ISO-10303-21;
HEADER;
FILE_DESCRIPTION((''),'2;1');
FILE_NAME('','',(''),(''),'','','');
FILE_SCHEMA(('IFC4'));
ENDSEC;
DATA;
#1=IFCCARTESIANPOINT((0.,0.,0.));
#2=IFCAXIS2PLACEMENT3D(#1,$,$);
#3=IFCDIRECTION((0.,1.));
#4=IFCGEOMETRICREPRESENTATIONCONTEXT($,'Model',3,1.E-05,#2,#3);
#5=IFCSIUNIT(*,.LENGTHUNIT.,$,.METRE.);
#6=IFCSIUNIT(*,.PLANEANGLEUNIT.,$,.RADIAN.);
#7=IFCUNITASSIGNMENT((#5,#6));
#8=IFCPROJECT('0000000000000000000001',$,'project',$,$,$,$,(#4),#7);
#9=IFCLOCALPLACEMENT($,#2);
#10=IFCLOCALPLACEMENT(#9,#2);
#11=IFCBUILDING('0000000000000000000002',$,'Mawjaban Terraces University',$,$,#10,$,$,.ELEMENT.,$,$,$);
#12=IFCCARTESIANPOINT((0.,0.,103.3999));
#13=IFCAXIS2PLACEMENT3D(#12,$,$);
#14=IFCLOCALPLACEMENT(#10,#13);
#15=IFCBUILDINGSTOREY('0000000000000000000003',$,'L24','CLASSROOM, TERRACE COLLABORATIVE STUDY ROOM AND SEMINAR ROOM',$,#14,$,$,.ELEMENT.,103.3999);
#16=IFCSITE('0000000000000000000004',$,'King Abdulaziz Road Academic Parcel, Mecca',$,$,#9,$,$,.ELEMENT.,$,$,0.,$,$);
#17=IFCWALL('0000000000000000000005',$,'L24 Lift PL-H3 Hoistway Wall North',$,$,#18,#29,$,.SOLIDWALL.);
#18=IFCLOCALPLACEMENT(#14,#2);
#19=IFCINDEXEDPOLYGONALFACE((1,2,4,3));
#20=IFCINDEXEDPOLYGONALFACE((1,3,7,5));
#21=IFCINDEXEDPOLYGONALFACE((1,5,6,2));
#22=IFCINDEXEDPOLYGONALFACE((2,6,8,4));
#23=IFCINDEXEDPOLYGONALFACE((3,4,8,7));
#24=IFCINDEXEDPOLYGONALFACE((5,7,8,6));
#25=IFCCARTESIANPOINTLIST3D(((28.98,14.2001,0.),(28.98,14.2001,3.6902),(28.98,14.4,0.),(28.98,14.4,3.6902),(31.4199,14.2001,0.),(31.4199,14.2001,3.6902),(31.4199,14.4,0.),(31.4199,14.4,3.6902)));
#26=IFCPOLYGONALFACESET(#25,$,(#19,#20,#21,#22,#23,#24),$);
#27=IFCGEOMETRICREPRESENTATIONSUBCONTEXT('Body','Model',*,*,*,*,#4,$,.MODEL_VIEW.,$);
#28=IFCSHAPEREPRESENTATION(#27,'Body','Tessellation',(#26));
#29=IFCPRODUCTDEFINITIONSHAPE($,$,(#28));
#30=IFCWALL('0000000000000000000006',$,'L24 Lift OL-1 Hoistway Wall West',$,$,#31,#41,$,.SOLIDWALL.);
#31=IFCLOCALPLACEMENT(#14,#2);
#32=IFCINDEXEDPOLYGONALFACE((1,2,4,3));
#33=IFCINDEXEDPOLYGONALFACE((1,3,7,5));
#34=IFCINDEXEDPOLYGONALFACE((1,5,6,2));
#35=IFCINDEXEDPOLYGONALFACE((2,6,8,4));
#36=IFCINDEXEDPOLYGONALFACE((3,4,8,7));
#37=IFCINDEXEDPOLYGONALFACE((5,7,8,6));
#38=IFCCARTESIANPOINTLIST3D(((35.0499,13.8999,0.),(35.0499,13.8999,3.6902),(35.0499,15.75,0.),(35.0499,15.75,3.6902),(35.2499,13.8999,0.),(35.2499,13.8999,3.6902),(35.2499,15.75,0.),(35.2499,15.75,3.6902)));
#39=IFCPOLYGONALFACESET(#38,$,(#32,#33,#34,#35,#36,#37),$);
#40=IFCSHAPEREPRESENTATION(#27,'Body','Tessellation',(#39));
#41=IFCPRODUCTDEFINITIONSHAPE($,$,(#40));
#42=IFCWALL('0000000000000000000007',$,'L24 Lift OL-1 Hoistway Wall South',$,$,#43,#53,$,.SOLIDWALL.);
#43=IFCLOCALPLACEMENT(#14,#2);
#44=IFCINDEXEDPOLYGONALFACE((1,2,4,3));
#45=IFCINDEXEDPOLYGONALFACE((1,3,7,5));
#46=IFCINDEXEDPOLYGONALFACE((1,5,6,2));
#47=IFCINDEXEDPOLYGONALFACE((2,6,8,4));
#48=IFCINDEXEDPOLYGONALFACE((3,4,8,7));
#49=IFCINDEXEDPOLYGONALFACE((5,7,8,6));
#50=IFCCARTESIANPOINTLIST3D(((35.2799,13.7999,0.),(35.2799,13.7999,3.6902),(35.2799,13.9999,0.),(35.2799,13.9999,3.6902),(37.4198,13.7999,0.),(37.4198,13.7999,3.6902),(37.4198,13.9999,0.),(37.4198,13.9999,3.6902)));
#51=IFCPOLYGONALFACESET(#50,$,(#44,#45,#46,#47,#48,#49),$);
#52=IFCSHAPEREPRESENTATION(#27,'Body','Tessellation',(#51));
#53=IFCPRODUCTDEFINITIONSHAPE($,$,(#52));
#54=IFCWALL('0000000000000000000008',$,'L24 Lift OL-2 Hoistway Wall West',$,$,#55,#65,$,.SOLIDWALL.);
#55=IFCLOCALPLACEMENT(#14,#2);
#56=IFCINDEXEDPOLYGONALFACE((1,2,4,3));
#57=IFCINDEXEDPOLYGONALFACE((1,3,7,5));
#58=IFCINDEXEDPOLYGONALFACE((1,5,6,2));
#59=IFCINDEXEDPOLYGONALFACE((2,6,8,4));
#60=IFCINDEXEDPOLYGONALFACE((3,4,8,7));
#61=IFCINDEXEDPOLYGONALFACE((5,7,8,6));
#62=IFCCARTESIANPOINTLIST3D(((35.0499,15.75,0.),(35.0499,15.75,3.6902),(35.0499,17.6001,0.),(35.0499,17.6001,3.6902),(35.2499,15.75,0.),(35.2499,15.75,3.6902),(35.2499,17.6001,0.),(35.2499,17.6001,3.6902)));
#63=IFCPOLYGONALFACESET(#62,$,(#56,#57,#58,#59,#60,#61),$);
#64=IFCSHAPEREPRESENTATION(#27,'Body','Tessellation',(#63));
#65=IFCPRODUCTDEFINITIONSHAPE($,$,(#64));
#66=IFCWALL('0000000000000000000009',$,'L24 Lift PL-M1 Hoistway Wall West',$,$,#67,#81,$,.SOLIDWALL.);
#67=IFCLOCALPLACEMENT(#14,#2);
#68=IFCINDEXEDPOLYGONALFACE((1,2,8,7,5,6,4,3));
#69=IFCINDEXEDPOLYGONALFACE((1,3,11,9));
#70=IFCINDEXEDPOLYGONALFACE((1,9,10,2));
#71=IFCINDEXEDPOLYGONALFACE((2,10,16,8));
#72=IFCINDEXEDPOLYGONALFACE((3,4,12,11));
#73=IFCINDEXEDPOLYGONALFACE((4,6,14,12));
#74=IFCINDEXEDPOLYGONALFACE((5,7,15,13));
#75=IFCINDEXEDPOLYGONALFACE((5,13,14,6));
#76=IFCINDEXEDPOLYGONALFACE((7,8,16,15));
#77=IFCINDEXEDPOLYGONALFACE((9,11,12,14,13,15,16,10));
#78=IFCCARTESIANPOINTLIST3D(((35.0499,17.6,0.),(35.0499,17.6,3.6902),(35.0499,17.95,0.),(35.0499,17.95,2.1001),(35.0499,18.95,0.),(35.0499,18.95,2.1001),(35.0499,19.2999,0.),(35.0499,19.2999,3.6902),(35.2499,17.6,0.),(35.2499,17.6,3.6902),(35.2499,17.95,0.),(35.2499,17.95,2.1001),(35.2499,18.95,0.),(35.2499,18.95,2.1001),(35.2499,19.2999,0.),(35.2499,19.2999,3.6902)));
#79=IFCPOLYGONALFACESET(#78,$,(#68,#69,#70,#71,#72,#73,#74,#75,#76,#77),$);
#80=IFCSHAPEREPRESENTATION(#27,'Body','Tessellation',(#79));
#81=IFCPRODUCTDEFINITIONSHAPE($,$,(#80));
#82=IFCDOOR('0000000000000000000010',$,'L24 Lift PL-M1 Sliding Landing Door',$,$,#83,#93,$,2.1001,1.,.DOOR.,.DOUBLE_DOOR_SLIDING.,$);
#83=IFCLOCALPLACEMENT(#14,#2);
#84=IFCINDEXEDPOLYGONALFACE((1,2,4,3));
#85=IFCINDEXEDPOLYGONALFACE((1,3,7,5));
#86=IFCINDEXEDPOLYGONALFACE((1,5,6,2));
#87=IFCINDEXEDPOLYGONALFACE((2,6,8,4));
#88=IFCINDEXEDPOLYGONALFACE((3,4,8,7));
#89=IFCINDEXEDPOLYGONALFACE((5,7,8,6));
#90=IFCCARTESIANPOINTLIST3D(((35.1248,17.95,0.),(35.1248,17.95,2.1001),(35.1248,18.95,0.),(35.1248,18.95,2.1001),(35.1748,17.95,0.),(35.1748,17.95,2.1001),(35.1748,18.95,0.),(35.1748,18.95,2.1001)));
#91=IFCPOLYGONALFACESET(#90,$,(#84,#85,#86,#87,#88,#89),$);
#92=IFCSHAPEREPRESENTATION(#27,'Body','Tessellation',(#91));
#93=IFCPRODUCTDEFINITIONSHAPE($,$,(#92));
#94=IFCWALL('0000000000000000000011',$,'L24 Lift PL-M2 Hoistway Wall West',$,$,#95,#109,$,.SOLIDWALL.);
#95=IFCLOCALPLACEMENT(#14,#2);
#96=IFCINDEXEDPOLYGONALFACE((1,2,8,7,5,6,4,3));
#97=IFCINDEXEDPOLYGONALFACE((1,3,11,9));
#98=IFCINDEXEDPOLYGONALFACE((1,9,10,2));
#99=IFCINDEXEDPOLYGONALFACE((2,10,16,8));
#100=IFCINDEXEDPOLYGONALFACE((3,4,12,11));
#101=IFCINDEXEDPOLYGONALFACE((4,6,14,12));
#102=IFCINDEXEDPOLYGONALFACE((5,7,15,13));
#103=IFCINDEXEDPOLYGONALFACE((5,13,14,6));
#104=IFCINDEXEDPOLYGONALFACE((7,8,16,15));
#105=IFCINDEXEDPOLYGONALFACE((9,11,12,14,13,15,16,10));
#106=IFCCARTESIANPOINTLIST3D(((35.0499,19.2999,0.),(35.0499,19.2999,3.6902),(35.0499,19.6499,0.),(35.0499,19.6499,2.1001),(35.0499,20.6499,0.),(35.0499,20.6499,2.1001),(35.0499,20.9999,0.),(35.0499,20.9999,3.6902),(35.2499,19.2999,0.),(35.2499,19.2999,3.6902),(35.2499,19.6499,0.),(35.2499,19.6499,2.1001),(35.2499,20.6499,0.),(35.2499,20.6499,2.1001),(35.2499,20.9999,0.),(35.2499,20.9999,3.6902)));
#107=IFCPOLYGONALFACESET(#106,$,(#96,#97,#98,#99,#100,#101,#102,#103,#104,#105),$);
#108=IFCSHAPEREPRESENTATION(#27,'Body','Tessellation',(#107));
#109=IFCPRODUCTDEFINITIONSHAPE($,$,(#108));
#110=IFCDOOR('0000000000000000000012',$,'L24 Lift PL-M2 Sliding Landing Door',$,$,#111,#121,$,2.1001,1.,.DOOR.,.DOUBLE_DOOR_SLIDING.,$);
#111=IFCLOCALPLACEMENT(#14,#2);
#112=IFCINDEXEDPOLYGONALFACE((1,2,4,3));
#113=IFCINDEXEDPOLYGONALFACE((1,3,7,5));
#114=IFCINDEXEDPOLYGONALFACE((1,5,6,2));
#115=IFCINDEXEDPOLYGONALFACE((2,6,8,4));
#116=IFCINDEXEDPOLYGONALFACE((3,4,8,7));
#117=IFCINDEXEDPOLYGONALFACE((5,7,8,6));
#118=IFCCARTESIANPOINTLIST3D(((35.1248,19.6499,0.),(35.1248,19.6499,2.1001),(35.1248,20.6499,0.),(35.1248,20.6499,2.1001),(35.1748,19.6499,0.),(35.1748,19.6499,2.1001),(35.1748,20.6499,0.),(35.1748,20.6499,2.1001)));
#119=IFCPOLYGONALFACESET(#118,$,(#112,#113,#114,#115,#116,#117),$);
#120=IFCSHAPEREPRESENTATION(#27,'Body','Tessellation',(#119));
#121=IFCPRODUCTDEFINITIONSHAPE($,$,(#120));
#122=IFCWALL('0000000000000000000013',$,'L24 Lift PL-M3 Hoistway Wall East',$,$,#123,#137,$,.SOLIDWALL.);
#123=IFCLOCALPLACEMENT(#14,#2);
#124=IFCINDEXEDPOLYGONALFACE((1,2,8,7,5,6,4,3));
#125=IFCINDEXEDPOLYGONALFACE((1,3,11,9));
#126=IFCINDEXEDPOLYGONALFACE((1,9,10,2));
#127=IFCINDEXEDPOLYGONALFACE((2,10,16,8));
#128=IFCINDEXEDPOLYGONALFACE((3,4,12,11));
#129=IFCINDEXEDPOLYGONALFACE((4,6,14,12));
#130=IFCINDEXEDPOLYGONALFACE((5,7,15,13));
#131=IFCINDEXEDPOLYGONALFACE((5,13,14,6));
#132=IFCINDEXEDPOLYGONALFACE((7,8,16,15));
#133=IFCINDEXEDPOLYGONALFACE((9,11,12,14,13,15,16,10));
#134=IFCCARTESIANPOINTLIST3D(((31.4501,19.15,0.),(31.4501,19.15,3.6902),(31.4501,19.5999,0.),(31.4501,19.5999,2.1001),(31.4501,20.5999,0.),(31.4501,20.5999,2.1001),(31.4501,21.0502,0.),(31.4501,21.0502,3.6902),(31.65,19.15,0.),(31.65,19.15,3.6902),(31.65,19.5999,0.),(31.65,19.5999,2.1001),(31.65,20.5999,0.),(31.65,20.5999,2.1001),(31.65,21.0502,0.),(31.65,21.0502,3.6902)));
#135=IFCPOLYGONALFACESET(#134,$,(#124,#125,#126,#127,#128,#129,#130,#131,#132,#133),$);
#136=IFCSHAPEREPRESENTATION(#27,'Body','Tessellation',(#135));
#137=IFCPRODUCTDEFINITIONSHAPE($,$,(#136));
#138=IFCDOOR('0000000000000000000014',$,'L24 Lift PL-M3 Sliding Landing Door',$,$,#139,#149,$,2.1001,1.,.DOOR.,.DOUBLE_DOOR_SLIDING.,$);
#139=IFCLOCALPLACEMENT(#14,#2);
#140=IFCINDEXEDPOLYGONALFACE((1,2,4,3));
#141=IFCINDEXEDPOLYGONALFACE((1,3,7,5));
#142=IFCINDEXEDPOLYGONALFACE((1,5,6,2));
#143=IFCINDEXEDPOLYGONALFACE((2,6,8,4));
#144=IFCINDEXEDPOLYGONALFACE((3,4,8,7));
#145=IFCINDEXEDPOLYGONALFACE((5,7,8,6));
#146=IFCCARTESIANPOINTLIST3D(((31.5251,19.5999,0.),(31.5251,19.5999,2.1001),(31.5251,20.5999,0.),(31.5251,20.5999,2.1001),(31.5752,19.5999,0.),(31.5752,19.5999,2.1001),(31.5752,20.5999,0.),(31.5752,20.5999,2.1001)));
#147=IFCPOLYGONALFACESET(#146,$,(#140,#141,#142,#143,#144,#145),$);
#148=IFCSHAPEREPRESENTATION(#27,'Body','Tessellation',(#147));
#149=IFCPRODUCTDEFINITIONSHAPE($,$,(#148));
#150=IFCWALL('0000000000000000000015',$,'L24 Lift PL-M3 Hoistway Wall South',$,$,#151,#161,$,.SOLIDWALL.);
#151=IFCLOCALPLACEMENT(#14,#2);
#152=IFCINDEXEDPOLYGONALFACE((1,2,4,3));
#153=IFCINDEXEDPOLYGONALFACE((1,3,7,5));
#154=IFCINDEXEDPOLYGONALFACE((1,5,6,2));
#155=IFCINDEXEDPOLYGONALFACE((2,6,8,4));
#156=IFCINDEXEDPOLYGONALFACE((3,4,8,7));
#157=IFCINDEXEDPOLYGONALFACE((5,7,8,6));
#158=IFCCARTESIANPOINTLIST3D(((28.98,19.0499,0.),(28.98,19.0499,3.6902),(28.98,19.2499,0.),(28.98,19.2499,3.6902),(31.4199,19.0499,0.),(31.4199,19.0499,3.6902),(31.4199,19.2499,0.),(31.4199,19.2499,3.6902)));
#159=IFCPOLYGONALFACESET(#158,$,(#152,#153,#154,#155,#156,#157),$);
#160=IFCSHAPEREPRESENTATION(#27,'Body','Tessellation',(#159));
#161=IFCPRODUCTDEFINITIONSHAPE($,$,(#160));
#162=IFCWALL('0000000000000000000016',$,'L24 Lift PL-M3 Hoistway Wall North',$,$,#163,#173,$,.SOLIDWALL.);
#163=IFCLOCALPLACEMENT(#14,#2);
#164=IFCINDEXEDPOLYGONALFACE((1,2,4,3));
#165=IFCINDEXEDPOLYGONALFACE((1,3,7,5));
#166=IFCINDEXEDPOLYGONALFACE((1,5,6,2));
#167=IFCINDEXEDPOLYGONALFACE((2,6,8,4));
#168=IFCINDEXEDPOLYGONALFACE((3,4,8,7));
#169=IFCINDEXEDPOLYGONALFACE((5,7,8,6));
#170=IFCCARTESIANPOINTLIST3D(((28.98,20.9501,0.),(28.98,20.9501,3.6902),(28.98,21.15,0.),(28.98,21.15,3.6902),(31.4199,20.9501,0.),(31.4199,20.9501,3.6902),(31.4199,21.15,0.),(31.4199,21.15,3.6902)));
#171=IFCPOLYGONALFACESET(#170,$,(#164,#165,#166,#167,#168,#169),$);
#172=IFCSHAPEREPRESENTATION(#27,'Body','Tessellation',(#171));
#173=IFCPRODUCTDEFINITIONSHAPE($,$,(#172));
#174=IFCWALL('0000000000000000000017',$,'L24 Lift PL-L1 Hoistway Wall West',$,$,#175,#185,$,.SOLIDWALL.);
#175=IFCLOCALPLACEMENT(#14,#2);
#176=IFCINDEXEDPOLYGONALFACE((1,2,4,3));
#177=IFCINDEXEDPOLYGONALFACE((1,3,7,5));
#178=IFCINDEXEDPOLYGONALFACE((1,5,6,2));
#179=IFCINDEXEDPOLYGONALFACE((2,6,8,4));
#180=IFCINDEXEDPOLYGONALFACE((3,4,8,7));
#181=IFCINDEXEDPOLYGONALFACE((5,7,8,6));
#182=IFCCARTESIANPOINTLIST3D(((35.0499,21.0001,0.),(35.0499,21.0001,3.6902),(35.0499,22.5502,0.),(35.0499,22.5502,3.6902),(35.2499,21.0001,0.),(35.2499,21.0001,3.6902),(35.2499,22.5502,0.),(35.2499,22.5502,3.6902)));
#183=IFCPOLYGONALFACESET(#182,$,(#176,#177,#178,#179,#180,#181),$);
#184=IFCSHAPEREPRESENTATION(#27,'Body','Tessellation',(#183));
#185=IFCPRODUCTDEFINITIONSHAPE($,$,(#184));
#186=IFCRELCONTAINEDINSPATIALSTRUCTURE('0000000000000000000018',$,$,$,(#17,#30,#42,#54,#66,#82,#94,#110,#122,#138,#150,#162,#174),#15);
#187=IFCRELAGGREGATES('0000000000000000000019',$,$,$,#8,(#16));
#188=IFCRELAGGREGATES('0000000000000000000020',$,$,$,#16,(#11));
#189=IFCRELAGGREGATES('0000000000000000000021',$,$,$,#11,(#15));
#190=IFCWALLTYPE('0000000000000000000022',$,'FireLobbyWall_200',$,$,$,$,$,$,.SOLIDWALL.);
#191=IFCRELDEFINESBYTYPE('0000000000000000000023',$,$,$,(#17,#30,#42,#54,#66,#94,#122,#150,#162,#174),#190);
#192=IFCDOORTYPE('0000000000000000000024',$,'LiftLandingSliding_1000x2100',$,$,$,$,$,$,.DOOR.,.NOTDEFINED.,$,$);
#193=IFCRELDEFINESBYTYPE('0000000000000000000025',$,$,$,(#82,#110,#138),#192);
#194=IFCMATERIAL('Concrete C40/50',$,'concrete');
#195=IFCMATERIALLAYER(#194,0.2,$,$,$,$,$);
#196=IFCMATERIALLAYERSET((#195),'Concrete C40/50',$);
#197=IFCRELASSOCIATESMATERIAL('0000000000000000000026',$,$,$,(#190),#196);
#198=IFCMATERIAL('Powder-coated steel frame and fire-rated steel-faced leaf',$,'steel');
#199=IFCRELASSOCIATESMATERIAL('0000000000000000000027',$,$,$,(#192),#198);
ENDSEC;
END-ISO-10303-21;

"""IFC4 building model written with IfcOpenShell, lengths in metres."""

from ifc_helpers import new_model, si_unit, direction, frame, frame_2d, origin, place, context, subcontext, project, spatial, rectangle, extrude, material, layer, layer_set, type_object, element, fill, save


model = new_model("IFC4")

# Units and contexts
model_context = context("Model", 3, precision=1e-05, world=origin(), true_north=direction((0.0, 1.0)))
body_context = subcontext(model_context, "Body", "Model", "MODEL_VIEW")
ifc_project = project(units=[si_unit("LENGTHUNIT", "METRE"), si_unit("PLANEANGLEUNIT", "RADIAN")], contexts=[model_context])

# Site, building, storey
site_placement = place(None, origin())
site = spatial("IfcSite", under=ifc_project, at=site_placement, Name="King Abdulaziz Road Academic Parcel, Mecca", CompositionType="ELEMENT", RefElevation=0.0)
building_placement = place(site_placement, origin())
building = spatial("IfcBuilding", under=site, at=building_placement, Name="Mawjaban Terraces University", CompositionType="ELEMENT")
storey_placement = place(building_placement, frame((0.0, 0.0, 103.3999)))
storey = spatial("IfcBuildingStorey", under=building, at=storey_placement, Name="L24", Description="CLASSROOM, TERRACE COLLABORATIVE STUDY ROOM AND SEMINAR ROOM", CompositionType="ELEMENT", Elevation=103.3999)

# Walls
ifc_material_1 = material(Name="Concrete C40/50", Category="concrete")
ifc_layer_1 = layer(ifc_material_1, 0.2)
ifc_layer_set_1 = layer_set([ifc_layer_1], Name="Concrete C40/50")
wall_type_1 = type_object("IfcWallType", Name="FireLobbyWall_200", PredefinedType="SOLIDWALL", material=ifc_layer_set_1)
wall_1_placement = place(storey_placement, frame((31.4199, 14.3, 0.0), z_axis=(0.0, 0.0, 1.0), x_axis=(-1.0, 0.0, 0.0)))
element("IfcWall", 1, at=wall_1_placement, inside=storey, type_object=wall_type_1, Name="L24 Lift PL-H3 Hoistway Wall North", PredefinedType="SOLIDWALL", context=body_context, shape_type="SweptSolid", body=[
    extrude(rectangle(XDim=2.4399, YDim=0.2, at=frame_2d((1.22, 0.0))), origin(), (0.0, 0.0, 1.0), 3.6902),
])
wall_2_placement = place(storey_placement, frame((35.1499, 15.75, 0.0), z_axis=(0.0, 0.0, 1.0), x_axis=(0.0, -1.0, 0.0)))
element("IfcWall", 2, at=wall_2_placement, inside=storey, type_object=wall_type_1, Name="L24 Lift OL-1 Hoistway Wall West", PredefinedType="SOLIDWALL", context=body_context, shape_type="SweptSolid", body=[
    extrude(rectangle(XDim=1.8501, YDim=0.2, at=frame_2d((0.925, 0.0))), origin(), (0.0, 0.0, 1.0), 3.6902),
])
wall_3_placement = place(storey_placement, frame((35.28, 13.8999, 0.0), z_axis=(0.0, 0.0, 1.0), x_axis=(1.0, 0.0, 0.0)))
element("IfcWall", 3, at=wall_3_placement, inside=storey, type_object=wall_type_1, Name="L24 Lift OL-1 Hoistway Wall South", PredefinedType="SOLIDWALL", context=body_context, shape_type="SweptSolid", body=[
    extrude(rectangle(XDim=2.1399, YDim=0.2, at=frame_2d((1.0698, 0.0))), origin(), (0.0, 0.0, 1.0), 3.6902),
])
wall_4_placement = place(storey_placement, frame((35.1499, 17.6001, 0.0), z_axis=(0.0, 0.0, 1.0), x_axis=(0.0, -1.0, 0.0)))
element("IfcWall", 4, at=wall_4_placement, inside=storey, type_object=wall_type_1, Name="L24 Lift OL-2 Hoistway Wall West", PredefinedType="SOLIDWALL", context=body_context, shape_type="SweptSolid", body=[
    extrude(rectangle(XDim=1.8501, YDim=0.2, at=frame_2d((0.925, 0.0))), origin(), (0.0, 0.0, 1.0), 3.6902),
])

# Walls, openings, doors
wall_5_placement = place(storey_placement, frame((35.1499, 19.3, 0.0), z_axis=(0.0, 0.0, 1.0), x_axis=(0.0, -1.0, 0.0)))
wall_5 = element("IfcWall", 5, at=wall_5_placement, inside=storey, type_object=wall_type_1, Name="L24 Lift PL-M1 Hoistway Wall West", PredefinedType="SOLIDWALL", context=body_context, shape_type="SweptSolid", body=[
    extrude(rectangle(XDim=1.7, YDim=0.2, at=frame_2d((0.8501, 0.0))), origin(), (0.0, 0.0, 1.0), 3.6902),
])
opening_1_placement = place(wall_5_placement, frame((0.3501, 0.0, 0.0)))
opening_1 = element("IfcOpeningElement", 6, at=opening_1_placement, cuts=wall_5, PredefinedType="OPENING", context=body_context, shape_type="SweptSolid", body=[
    extrude(rectangle(XDim=1.0, YDim=2.1001, at=frame_2d((0.5, 1.05))), frame((0.0, 0.1099, 0.0), z_axis=(0.0, -1.0, 0.0), x_axis=(1.0, 0.0, 0.0)), (0.0, 0.0, 1.0), 0.22),
])
ifc_material_2 = material(Name="Powder-coated steel frame and fire-rated steel-faced leaf", Category="steel")
door_type_1 = type_object("IfcDoorType", Name="LiftLandingSliding_1000x2100", OperationType="NOTDEFINED", PredefinedType="DOOR", material=ifc_material_2)
door_1_placement = place(opening_1_placement, origin())
door_1 = element("IfcDoor", 7, at=door_1_placement, inside=storey, type_object=door_type_1, Name="L24 Lift PL-M1 Sliding Landing Door", OperationType="DOUBLE_DOOR_SLIDING", OverallHeight=2.1001, OverallWidth=1.0, PredefinedType="DOOR", context=body_context, shape_type="SweptSolid", body=[
    extrude(rectangle(XDim=1.0, YDim=2.1001, at=frame_2d((0.5, 1.05))), frame((0.0, 0.0249, 0.0), z_axis=(0.0, -1.0, 0.0), x_axis=(1.0, 0.0, 0.0)), (0.0, 0.0, 1.0), 0.05),
])
fill(opening_1, door_1)
wall_6_placement = place(storey_placement, frame((35.1499, 21.0, 0.0), z_axis=(0.0, 0.0, 1.0), x_axis=(0.0, -1.0, 0.0)))
wall_6 = element("IfcWall", 8, at=wall_6_placement, inside=storey, type_object=wall_type_1, Name="L24 Lift PL-M2 Hoistway Wall West", PredefinedType="SOLIDWALL", context=body_context, shape_type="SweptSolid", body=[
    extrude(rectangle(XDim=1.7, YDim=0.2, at=frame_2d((0.8501, 0.0))), origin(), (0.0, 0.0, 1.0), 3.6902),
])
opening_2_placement = place(wall_6_placement, frame((0.3501, 0.0, 0.0)))
opening_2 = element("IfcOpeningElement", 9, at=opening_2_placement, cuts=wall_6, PredefinedType="OPENING", context=body_context, shape_type="SweptSolid", body=[
    extrude(rectangle(XDim=1.0, YDim=2.1001, at=frame_2d((0.5, 1.05))), frame((0.0, 0.1099, 0.0), z_axis=(0.0, -1.0, 0.0), x_axis=(1.0, 0.0, 0.0)), (0.0, 0.0, 1.0), 0.22),
])
door_2_placement = place(opening_2_placement, origin())
door_2 = element("IfcDoor", 10, at=door_2_placement, inside=storey, type_object=door_type_1, Name="L24 Lift PL-M2 Sliding Landing Door", OperationType="DOUBLE_DOOR_SLIDING", OverallHeight=2.1001, OverallWidth=1.0, PredefinedType="DOOR", context=body_context, shape_type="SweptSolid", body=[
    extrude(rectangle(XDim=1.0, YDim=2.1001, at=frame_2d((0.5, 1.05))), frame((0.0, 0.0249, 0.0), z_axis=(0.0, -1.0, 0.0), x_axis=(1.0, 0.0, 0.0)), (0.0, 0.0, 1.0), 0.05),
])
fill(opening_2, door_2)
wall_7_placement = place(storey_placement, frame((31.55, 19.1499, 0.0), z_axis=(0.0, 0.0, 1.0), x_axis=(0.0, 1.0, 0.0)))
wall_7 = element("IfcWall", 11, at=wall_7_placement, inside=storey, type_object=wall_type_1, Name="L24 Lift PL-M3 Hoistway Wall East", PredefinedType="SOLIDWALL", context=body_context, shape_type="SweptSolid", body=[
    extrude(rectangle(XDim=1.9001, YDim=0.2, at=frame_2d((0.9502, 0.0))), origin(), (0.0, 0.0, 1.0), 3.6902),
])
opening_3_placement = place(wall_7_placement, frame((0.45, 0.0, 0.0)))
opening_3 = element("IfcOpeningElement", 12, at=opening_3_placement, cuts=wall_7, PredefinedType="OPENING", context=body_context, shape_type="SweptSolid", body=[
    extrude(rectangle(XDim=1.0, YDim=2.1001, at=frame_2d((0.5, 1.05))), frame((0.0, 0.1099, 0.0), z_axis=(0.0, -1.0, 0.0), x_axis=(1.0, 0.0, 0.0)), (0.0, 0.0, 1.0), 0.22),
])
door_3_placement = place(opening_3_placement, origin())
door_3 = element("IfcDoor", 13, at=door_3_placement, inside=storey, type_object=door_type_1, Name="L24 Lift PL-M3 Sliding Landing Door", OperationType="DOUBLE_DOOR_SLIDING", OverallHeight=2.1001, OverallWidth=1.0, PredefinedType="DOOR", context=body_context, shape_type="SweptSolid", body=[
    extrude(rectangle(XDim=1.0, YDim=2.1001, at=frame_2d((0.5, 1.05))), frame((0.0, 0.0249, 0.0), z_axis=(0.0, -1.0, 0.0), x_axis=(1.0, 0.0, 0.0)), (0.0, 0.0, 1.0), 0.05),
])
fill(opening_3, door_3)

# Walls
for number, where, z_axis, x_axis, name in (
    (14, (28.98, 19.1499, 0.0), (0.0, 0.0, 1.0), (1.0, 0.0, 0.0), "L24 Lift PL-M3 Hoistway Wall South"),
    (15, (31.4199, 21.05, 0.0), (0.0, 0.0, 1.0), (-1.0, 0.0, 0.0), "L24 Lift PL-M3 Hoistway Wall North"),
):
    element("IfcWall", number, at=place(storey_placement, frame(where, z_axis=z_axis, x_axis=x_axis)), inside=storey, type_object=wall_type_1, Name=name, PredefinedType="SOLIDWALL", context=body_context, shape_type="SweptSolid", body=[
        extrude(rectangle(XDim=2.4399, YDim=0.2, at=frame_2d((1.22, 0.0))), origin(), (0.0, 0.0, 1.0), 3.6902),
    ])
wall_8_placement = place(storey_placement, frame((35.1499, 22.55, 0.0), z_axis=(0.0, 0.0, 1.0), x_axis=(0.0, -1.0, 0.0)))
element("IfcWall", 16, at=wall_8_placement, inside=storey, type_object=wall_type_1, Name="L24 Lift PL-L1 Hoistway Wall West", PredefinedType="SOLIDWALL", context=body_context, shape_type="SweptSolid", body=[
    extrude(rectangle(XDim=1.55, YDim=0.2, at=frame_2d((0.7749, 0.0))), origin(), (0.0, 0.0, 1.0), 3.6902),
])

save(model, "model.ifc")
